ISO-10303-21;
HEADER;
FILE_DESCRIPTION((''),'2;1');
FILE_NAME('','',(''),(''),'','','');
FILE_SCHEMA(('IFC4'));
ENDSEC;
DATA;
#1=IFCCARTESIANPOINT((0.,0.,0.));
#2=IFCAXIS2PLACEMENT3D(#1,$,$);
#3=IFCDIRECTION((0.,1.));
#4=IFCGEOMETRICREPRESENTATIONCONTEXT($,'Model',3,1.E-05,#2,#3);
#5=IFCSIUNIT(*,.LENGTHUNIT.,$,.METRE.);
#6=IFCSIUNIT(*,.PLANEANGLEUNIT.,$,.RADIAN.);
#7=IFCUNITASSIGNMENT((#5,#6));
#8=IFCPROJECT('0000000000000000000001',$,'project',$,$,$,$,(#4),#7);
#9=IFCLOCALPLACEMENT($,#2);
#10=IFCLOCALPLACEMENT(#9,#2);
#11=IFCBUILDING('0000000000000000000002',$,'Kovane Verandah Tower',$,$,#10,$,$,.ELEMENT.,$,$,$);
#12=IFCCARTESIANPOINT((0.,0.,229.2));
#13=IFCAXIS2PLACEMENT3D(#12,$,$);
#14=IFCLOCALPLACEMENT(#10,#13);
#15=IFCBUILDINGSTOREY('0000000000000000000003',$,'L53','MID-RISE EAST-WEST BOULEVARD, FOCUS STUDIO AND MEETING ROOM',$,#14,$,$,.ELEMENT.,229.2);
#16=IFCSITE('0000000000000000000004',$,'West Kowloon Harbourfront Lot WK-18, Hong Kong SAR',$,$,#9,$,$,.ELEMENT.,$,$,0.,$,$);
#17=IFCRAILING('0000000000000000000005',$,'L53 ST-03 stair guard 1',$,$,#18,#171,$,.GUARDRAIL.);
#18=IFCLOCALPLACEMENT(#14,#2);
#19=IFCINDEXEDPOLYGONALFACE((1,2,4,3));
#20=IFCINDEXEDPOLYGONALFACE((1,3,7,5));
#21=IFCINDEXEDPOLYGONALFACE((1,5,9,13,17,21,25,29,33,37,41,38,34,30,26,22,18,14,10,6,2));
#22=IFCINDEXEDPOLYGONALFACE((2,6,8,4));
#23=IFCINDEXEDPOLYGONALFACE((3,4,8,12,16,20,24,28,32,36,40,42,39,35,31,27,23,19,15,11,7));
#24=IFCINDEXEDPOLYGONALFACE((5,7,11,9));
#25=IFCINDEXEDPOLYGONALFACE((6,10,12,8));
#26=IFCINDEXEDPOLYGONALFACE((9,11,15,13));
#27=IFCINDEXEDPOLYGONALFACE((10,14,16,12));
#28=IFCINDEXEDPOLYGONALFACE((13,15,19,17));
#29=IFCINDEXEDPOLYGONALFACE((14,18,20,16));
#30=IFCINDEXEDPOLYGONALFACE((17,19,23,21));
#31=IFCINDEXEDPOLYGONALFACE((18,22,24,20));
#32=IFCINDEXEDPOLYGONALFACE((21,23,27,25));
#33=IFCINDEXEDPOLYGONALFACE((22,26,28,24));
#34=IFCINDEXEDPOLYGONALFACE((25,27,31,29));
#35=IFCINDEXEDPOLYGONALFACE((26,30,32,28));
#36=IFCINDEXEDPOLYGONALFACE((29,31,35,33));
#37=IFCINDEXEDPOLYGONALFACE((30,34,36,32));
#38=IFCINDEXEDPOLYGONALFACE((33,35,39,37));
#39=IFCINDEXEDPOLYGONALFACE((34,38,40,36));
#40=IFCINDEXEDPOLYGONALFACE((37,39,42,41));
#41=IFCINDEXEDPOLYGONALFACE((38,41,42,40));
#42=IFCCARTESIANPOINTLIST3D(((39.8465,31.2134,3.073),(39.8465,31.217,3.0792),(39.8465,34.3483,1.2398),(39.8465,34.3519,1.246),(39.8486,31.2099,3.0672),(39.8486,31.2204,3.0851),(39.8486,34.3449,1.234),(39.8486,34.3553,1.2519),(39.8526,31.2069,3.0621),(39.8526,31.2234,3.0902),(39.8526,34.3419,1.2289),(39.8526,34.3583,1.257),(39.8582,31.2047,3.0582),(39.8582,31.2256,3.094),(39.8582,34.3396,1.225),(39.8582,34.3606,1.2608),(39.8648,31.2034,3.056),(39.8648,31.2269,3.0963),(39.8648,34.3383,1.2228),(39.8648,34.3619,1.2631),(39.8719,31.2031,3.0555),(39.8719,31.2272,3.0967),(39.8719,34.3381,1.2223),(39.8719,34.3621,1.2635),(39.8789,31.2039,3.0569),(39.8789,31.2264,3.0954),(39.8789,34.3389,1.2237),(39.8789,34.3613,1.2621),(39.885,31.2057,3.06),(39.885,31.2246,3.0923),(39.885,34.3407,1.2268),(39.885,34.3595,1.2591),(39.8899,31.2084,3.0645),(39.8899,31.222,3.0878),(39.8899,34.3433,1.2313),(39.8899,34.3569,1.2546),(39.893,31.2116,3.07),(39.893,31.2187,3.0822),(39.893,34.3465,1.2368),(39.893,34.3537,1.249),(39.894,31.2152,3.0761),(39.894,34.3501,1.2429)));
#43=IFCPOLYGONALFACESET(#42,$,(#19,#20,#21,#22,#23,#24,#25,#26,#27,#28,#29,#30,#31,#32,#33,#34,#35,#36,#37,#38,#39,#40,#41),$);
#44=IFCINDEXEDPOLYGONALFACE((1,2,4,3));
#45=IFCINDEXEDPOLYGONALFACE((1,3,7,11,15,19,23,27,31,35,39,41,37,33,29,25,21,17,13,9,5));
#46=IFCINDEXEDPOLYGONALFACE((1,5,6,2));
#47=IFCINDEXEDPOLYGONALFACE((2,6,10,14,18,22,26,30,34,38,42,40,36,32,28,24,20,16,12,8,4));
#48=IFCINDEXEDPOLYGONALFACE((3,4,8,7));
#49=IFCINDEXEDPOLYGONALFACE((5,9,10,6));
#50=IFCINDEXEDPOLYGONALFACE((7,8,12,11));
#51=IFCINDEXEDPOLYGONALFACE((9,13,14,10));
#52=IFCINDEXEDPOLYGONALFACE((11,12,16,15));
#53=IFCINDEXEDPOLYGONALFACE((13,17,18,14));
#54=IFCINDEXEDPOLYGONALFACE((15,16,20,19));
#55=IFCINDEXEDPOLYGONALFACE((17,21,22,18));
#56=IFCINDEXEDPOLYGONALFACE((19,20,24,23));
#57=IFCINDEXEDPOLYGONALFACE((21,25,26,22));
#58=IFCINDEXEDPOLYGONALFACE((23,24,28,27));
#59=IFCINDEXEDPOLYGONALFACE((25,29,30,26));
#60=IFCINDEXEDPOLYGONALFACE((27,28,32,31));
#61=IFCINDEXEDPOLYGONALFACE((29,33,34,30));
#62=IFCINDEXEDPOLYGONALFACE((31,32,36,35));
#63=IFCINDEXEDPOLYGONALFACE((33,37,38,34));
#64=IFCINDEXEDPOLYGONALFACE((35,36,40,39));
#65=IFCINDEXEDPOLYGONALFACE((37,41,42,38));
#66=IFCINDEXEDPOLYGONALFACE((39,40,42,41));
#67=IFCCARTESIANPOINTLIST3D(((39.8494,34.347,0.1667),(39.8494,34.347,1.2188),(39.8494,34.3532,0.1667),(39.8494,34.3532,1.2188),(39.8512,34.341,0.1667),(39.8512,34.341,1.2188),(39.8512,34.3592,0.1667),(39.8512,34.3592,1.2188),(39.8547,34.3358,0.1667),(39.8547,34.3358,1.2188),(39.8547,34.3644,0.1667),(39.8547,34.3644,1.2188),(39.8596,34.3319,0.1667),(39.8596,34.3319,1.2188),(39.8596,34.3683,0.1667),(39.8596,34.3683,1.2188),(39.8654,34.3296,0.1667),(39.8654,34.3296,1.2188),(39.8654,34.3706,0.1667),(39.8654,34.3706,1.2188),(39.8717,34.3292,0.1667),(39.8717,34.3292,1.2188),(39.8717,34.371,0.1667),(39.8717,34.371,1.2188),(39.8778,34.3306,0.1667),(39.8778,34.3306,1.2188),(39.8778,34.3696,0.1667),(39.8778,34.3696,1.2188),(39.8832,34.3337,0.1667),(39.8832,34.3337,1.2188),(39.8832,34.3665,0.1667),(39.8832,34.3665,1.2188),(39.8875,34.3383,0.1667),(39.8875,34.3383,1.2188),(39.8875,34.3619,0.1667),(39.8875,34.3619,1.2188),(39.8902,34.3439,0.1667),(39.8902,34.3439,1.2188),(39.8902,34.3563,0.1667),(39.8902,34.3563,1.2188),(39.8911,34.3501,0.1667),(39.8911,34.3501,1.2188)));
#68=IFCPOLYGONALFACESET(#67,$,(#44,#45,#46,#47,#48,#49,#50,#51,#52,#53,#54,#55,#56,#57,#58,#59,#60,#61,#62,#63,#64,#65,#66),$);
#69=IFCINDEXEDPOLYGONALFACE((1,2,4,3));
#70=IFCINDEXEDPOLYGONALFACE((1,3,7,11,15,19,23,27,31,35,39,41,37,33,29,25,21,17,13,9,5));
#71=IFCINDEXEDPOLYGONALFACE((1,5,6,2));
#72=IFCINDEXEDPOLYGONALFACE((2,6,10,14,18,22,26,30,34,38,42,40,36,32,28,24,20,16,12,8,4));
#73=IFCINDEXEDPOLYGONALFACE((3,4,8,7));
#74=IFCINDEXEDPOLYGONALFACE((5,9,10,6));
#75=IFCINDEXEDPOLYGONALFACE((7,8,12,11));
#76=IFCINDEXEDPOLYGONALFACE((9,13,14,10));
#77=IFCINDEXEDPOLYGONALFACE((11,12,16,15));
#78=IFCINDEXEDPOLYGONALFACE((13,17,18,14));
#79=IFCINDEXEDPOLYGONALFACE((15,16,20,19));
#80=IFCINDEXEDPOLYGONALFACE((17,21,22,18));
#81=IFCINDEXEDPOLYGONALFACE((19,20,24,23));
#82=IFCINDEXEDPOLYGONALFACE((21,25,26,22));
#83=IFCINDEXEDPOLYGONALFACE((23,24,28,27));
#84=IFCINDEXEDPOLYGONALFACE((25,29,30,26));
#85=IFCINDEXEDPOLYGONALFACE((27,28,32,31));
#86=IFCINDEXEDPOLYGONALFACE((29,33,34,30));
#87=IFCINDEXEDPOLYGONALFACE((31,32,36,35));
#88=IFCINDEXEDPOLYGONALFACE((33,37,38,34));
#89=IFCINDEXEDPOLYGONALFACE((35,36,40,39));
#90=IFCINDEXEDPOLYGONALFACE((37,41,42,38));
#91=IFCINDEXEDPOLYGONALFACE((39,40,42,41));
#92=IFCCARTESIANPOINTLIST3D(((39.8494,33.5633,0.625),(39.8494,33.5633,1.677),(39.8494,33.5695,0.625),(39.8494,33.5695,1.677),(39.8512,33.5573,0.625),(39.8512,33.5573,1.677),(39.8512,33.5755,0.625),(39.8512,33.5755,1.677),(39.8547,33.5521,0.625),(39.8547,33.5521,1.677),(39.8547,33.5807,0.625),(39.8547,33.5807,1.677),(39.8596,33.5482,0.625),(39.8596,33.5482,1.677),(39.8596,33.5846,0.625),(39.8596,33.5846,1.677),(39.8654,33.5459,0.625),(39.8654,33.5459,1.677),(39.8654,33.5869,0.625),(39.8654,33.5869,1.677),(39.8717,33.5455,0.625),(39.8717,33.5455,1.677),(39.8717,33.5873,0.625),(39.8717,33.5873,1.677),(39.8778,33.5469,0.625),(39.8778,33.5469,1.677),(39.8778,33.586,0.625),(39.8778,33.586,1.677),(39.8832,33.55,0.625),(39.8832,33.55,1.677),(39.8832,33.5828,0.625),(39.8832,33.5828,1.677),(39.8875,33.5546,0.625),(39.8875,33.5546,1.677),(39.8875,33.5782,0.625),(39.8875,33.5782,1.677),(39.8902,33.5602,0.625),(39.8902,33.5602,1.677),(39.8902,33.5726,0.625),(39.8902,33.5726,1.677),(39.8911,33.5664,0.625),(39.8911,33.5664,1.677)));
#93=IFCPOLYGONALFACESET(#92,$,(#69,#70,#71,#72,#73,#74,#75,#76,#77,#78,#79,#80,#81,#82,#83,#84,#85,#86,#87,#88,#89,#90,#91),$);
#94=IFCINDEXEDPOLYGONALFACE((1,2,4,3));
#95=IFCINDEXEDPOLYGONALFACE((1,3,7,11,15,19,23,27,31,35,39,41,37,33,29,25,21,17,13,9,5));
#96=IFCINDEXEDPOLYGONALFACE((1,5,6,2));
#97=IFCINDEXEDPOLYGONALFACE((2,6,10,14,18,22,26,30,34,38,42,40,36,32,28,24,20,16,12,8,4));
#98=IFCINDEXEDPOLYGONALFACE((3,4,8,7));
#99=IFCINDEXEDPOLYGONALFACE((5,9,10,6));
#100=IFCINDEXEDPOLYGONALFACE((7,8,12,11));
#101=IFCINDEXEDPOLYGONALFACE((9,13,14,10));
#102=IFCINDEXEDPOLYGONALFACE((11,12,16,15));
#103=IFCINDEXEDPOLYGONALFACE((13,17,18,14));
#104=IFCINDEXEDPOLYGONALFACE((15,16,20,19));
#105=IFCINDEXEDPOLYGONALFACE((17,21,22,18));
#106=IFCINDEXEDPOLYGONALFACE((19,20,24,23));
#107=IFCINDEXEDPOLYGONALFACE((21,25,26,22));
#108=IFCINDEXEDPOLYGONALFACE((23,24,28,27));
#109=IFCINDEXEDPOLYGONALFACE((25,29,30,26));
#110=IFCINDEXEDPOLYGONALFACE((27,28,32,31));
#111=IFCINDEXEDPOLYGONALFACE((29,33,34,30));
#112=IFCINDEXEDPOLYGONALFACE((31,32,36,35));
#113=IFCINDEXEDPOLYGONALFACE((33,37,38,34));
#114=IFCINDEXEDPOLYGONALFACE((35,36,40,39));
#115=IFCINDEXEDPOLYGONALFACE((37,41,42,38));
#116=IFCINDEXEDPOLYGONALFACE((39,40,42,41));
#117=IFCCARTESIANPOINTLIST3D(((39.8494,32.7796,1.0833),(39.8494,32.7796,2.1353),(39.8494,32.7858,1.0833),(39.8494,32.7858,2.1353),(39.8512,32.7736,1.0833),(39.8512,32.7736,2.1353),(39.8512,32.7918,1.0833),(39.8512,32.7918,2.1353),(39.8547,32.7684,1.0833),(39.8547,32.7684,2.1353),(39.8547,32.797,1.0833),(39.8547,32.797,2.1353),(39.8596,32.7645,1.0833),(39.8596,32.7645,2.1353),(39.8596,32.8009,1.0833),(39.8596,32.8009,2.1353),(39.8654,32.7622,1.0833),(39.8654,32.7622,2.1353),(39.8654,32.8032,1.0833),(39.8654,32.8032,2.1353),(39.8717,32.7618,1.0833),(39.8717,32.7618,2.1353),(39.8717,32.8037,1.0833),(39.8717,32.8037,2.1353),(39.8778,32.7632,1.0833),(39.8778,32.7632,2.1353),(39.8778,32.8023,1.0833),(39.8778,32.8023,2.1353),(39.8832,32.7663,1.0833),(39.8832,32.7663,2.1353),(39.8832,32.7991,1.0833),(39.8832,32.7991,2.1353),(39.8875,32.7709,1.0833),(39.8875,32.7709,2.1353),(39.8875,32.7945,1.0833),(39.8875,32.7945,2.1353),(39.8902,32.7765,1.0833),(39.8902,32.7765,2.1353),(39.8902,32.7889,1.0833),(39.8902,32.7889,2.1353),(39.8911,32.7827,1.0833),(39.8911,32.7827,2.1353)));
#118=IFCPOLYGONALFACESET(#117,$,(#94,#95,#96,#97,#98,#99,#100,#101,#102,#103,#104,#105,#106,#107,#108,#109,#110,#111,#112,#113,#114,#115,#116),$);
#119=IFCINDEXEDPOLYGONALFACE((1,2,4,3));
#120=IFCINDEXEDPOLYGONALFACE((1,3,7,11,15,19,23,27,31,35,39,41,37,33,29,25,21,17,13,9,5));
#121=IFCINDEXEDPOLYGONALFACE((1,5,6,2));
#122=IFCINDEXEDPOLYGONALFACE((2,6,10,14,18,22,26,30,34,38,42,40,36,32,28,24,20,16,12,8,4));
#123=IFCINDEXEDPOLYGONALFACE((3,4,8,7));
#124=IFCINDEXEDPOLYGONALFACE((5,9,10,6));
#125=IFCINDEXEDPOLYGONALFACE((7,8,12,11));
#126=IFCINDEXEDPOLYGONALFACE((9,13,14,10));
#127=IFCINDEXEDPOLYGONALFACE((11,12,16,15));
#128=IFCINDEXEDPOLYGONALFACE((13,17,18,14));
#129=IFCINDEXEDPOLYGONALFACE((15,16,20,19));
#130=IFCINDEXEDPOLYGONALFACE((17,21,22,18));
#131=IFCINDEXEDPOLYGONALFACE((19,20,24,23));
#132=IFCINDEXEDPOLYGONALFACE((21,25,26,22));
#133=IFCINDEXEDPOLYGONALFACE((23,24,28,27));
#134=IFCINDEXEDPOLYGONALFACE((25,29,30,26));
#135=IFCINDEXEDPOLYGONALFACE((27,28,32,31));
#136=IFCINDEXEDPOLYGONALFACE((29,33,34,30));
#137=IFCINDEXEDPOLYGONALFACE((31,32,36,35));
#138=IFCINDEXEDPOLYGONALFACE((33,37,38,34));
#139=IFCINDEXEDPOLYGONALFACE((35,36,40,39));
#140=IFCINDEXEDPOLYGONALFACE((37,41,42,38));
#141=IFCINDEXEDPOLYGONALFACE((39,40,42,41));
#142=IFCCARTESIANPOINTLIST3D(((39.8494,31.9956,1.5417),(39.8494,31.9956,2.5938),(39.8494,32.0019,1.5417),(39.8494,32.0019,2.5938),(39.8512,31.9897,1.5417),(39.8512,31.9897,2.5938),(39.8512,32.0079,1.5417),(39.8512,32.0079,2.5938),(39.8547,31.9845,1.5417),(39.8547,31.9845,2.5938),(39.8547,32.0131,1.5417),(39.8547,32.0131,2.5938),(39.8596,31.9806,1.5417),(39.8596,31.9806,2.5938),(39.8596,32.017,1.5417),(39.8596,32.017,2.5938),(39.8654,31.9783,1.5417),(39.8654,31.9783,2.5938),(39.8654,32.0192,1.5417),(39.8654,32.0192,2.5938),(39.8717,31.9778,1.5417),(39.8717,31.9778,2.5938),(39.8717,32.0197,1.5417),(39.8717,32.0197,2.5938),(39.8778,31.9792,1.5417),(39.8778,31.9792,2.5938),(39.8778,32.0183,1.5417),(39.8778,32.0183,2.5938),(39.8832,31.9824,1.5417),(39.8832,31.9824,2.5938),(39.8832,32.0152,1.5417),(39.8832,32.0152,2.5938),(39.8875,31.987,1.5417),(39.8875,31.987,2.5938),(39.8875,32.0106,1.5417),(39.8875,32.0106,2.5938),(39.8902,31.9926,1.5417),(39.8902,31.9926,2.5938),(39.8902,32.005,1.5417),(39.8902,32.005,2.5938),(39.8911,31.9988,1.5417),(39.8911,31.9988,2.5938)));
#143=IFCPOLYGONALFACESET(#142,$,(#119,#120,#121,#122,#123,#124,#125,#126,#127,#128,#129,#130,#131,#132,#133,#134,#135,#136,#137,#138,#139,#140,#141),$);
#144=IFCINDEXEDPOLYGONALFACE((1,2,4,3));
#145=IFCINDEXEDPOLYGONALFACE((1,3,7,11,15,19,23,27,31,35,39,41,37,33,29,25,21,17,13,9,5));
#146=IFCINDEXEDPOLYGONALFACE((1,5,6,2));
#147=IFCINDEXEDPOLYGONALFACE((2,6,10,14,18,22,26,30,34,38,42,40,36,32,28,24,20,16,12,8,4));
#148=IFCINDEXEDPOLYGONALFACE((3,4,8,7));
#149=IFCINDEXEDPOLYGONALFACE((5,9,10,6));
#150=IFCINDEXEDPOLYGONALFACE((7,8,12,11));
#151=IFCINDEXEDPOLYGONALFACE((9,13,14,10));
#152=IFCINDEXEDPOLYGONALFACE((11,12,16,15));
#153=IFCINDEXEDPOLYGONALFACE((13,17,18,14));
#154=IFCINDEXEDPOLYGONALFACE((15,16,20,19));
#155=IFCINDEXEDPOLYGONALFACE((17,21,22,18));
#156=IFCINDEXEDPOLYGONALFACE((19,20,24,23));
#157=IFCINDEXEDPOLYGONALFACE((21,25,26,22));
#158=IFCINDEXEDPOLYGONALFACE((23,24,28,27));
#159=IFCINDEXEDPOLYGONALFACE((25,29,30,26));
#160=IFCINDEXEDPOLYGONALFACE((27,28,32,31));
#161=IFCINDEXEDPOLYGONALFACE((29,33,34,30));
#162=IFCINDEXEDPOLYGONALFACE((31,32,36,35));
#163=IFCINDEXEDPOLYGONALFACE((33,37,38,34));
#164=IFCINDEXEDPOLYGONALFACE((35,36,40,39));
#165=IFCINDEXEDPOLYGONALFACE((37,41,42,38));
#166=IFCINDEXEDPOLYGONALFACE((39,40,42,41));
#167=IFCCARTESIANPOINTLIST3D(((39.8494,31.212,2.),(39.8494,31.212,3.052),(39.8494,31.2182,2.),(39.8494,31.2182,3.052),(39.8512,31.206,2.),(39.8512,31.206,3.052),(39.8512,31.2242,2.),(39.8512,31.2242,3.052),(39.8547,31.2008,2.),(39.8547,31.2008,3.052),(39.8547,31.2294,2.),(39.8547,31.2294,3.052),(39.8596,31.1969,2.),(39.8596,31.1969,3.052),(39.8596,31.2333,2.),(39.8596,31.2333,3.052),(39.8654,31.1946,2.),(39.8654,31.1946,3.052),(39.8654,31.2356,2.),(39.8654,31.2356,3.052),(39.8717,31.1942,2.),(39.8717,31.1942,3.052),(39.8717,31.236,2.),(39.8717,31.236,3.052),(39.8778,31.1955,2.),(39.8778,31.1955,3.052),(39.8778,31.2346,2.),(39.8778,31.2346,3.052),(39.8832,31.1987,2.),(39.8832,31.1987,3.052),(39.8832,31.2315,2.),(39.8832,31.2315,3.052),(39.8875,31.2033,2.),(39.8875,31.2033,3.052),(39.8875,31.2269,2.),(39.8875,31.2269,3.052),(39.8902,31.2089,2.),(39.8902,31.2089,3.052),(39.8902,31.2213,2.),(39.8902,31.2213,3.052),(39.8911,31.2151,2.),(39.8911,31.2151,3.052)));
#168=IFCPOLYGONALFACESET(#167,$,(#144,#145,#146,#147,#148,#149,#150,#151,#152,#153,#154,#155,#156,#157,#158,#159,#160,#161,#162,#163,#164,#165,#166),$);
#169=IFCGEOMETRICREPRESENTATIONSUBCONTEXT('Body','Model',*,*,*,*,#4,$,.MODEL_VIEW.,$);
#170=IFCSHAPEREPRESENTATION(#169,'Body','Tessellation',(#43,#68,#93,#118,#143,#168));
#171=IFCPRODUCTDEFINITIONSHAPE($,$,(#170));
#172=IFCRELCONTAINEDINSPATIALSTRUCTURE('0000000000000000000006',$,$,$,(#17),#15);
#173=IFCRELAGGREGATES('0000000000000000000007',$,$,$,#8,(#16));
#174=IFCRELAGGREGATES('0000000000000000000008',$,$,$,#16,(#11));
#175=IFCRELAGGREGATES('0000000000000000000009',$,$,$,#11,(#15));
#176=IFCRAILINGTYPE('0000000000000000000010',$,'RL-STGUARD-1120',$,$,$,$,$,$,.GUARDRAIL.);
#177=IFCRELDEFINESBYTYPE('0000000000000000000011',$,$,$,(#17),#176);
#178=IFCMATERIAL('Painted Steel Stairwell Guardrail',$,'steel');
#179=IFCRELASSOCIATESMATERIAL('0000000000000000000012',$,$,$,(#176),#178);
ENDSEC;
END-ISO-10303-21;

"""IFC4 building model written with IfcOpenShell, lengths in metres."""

from ifc_helpers import new_model, si_unit, direction, frame, origin, origin_2d, place, context, subcontext, project, spatial, circle, extrude, material, type_object, element, save


model = new_model("IFC4")

# Units and contexts
model_context = context("Model", 3, precision=1e-05, world=origin(), true_north=direction((0.0, 1.0)))
body_context = subcontext(model_context, "Body", "Model", "MODEL_VIEW")
ifc_project = project(units=[si_unit("LENGTHUNIT", "METRE"), si_unit("PLANEANGLEUNIT", "RADIAN")], contexts=[model_context])

# Site, building, storey
site_placement = place(None, origin())
site = spatial("IfcSite", under=ifc_project, at=site_placement, Name="West Kowloon Harbourfront Lot WK-18, Hong Kong SAR", CompositionType="ELEMENT", RefElevation=0.0)
building_placement = place(site_placement, origin())
building = spatial("IfcBuilding", under=site, at=building_placement, Name="Kovane Verandah Tower", CompositionType="ELEMENT")
storey_placement = place(building_placement, frame((0.0, 0.0, 229.2)))
storey = spatial("IfcBuildingStorey", under=building, at=storey_placement, Name="L53", Description="MID-RISE EAST-WEST BOULEVARD, FOCUS STUDIO AND MEETING ROOM", CompositionType="ELEMENT", Elevation=229.2)

# Railing
ifc_material_1 = material(Name="Painted Steel Stairwell Guardrail", Category="steel")
railing_type_1 = type_object("IfcRailingType", Name="RL-STGUARD-1120", PredefinedType="GUARDRAIL", material=ifc_material_1)
railing_1_placement = place(storey_placement, frame((39.8701, 34.3501, 0.1667)))
element("IfcRailing", 1, at=railing_1_placement, inside=storey, type_object=railing_type_1, Name="L53 ST-03 stair guard 1", PredefinedType="GUARDRAIL", context=body_context, shape_type="SweptSolid", body=[
    extrude(circle(Radius=0.0239, at=origin_2d()), frame((0.0, 0.0, 1.0762), z_axis=(0.0, -0.86324, 0.504794), x_axis=(1.0, 0.0, 0.0)), (0.0, 0.0, 1.0), 3.6316),
    extrude(circle(Radius=0.021, at=origin_2d()), origin(), (0.0, 0.0, 1.0), 1.052),
    extrude(circle(Radius=0.021, at=origin_2d()), frame((0.0, -0.7837, 0.4583)), (0.0, 0.0, 1.0), 1.052),
    extrude(circle(Radius=0.021, at=origin_2d()), frame((0.0, -1.5674, 0.9165)), (0.0, 0.0, 1.0), 1.052),
    extrude(circle(Radius=0.021, at=origin_2d()), frame((0.0, -2.3513, 1.375)), (0.0, 0.0, 1.0), 1.052),
    extrude(circle(Radius=0.021, at=origin_2d()), frame((0.0, -3.135, 1.8333)), (0.0, 0.0, 1.0), 1.052),
])

save(model, "model.ifc")
